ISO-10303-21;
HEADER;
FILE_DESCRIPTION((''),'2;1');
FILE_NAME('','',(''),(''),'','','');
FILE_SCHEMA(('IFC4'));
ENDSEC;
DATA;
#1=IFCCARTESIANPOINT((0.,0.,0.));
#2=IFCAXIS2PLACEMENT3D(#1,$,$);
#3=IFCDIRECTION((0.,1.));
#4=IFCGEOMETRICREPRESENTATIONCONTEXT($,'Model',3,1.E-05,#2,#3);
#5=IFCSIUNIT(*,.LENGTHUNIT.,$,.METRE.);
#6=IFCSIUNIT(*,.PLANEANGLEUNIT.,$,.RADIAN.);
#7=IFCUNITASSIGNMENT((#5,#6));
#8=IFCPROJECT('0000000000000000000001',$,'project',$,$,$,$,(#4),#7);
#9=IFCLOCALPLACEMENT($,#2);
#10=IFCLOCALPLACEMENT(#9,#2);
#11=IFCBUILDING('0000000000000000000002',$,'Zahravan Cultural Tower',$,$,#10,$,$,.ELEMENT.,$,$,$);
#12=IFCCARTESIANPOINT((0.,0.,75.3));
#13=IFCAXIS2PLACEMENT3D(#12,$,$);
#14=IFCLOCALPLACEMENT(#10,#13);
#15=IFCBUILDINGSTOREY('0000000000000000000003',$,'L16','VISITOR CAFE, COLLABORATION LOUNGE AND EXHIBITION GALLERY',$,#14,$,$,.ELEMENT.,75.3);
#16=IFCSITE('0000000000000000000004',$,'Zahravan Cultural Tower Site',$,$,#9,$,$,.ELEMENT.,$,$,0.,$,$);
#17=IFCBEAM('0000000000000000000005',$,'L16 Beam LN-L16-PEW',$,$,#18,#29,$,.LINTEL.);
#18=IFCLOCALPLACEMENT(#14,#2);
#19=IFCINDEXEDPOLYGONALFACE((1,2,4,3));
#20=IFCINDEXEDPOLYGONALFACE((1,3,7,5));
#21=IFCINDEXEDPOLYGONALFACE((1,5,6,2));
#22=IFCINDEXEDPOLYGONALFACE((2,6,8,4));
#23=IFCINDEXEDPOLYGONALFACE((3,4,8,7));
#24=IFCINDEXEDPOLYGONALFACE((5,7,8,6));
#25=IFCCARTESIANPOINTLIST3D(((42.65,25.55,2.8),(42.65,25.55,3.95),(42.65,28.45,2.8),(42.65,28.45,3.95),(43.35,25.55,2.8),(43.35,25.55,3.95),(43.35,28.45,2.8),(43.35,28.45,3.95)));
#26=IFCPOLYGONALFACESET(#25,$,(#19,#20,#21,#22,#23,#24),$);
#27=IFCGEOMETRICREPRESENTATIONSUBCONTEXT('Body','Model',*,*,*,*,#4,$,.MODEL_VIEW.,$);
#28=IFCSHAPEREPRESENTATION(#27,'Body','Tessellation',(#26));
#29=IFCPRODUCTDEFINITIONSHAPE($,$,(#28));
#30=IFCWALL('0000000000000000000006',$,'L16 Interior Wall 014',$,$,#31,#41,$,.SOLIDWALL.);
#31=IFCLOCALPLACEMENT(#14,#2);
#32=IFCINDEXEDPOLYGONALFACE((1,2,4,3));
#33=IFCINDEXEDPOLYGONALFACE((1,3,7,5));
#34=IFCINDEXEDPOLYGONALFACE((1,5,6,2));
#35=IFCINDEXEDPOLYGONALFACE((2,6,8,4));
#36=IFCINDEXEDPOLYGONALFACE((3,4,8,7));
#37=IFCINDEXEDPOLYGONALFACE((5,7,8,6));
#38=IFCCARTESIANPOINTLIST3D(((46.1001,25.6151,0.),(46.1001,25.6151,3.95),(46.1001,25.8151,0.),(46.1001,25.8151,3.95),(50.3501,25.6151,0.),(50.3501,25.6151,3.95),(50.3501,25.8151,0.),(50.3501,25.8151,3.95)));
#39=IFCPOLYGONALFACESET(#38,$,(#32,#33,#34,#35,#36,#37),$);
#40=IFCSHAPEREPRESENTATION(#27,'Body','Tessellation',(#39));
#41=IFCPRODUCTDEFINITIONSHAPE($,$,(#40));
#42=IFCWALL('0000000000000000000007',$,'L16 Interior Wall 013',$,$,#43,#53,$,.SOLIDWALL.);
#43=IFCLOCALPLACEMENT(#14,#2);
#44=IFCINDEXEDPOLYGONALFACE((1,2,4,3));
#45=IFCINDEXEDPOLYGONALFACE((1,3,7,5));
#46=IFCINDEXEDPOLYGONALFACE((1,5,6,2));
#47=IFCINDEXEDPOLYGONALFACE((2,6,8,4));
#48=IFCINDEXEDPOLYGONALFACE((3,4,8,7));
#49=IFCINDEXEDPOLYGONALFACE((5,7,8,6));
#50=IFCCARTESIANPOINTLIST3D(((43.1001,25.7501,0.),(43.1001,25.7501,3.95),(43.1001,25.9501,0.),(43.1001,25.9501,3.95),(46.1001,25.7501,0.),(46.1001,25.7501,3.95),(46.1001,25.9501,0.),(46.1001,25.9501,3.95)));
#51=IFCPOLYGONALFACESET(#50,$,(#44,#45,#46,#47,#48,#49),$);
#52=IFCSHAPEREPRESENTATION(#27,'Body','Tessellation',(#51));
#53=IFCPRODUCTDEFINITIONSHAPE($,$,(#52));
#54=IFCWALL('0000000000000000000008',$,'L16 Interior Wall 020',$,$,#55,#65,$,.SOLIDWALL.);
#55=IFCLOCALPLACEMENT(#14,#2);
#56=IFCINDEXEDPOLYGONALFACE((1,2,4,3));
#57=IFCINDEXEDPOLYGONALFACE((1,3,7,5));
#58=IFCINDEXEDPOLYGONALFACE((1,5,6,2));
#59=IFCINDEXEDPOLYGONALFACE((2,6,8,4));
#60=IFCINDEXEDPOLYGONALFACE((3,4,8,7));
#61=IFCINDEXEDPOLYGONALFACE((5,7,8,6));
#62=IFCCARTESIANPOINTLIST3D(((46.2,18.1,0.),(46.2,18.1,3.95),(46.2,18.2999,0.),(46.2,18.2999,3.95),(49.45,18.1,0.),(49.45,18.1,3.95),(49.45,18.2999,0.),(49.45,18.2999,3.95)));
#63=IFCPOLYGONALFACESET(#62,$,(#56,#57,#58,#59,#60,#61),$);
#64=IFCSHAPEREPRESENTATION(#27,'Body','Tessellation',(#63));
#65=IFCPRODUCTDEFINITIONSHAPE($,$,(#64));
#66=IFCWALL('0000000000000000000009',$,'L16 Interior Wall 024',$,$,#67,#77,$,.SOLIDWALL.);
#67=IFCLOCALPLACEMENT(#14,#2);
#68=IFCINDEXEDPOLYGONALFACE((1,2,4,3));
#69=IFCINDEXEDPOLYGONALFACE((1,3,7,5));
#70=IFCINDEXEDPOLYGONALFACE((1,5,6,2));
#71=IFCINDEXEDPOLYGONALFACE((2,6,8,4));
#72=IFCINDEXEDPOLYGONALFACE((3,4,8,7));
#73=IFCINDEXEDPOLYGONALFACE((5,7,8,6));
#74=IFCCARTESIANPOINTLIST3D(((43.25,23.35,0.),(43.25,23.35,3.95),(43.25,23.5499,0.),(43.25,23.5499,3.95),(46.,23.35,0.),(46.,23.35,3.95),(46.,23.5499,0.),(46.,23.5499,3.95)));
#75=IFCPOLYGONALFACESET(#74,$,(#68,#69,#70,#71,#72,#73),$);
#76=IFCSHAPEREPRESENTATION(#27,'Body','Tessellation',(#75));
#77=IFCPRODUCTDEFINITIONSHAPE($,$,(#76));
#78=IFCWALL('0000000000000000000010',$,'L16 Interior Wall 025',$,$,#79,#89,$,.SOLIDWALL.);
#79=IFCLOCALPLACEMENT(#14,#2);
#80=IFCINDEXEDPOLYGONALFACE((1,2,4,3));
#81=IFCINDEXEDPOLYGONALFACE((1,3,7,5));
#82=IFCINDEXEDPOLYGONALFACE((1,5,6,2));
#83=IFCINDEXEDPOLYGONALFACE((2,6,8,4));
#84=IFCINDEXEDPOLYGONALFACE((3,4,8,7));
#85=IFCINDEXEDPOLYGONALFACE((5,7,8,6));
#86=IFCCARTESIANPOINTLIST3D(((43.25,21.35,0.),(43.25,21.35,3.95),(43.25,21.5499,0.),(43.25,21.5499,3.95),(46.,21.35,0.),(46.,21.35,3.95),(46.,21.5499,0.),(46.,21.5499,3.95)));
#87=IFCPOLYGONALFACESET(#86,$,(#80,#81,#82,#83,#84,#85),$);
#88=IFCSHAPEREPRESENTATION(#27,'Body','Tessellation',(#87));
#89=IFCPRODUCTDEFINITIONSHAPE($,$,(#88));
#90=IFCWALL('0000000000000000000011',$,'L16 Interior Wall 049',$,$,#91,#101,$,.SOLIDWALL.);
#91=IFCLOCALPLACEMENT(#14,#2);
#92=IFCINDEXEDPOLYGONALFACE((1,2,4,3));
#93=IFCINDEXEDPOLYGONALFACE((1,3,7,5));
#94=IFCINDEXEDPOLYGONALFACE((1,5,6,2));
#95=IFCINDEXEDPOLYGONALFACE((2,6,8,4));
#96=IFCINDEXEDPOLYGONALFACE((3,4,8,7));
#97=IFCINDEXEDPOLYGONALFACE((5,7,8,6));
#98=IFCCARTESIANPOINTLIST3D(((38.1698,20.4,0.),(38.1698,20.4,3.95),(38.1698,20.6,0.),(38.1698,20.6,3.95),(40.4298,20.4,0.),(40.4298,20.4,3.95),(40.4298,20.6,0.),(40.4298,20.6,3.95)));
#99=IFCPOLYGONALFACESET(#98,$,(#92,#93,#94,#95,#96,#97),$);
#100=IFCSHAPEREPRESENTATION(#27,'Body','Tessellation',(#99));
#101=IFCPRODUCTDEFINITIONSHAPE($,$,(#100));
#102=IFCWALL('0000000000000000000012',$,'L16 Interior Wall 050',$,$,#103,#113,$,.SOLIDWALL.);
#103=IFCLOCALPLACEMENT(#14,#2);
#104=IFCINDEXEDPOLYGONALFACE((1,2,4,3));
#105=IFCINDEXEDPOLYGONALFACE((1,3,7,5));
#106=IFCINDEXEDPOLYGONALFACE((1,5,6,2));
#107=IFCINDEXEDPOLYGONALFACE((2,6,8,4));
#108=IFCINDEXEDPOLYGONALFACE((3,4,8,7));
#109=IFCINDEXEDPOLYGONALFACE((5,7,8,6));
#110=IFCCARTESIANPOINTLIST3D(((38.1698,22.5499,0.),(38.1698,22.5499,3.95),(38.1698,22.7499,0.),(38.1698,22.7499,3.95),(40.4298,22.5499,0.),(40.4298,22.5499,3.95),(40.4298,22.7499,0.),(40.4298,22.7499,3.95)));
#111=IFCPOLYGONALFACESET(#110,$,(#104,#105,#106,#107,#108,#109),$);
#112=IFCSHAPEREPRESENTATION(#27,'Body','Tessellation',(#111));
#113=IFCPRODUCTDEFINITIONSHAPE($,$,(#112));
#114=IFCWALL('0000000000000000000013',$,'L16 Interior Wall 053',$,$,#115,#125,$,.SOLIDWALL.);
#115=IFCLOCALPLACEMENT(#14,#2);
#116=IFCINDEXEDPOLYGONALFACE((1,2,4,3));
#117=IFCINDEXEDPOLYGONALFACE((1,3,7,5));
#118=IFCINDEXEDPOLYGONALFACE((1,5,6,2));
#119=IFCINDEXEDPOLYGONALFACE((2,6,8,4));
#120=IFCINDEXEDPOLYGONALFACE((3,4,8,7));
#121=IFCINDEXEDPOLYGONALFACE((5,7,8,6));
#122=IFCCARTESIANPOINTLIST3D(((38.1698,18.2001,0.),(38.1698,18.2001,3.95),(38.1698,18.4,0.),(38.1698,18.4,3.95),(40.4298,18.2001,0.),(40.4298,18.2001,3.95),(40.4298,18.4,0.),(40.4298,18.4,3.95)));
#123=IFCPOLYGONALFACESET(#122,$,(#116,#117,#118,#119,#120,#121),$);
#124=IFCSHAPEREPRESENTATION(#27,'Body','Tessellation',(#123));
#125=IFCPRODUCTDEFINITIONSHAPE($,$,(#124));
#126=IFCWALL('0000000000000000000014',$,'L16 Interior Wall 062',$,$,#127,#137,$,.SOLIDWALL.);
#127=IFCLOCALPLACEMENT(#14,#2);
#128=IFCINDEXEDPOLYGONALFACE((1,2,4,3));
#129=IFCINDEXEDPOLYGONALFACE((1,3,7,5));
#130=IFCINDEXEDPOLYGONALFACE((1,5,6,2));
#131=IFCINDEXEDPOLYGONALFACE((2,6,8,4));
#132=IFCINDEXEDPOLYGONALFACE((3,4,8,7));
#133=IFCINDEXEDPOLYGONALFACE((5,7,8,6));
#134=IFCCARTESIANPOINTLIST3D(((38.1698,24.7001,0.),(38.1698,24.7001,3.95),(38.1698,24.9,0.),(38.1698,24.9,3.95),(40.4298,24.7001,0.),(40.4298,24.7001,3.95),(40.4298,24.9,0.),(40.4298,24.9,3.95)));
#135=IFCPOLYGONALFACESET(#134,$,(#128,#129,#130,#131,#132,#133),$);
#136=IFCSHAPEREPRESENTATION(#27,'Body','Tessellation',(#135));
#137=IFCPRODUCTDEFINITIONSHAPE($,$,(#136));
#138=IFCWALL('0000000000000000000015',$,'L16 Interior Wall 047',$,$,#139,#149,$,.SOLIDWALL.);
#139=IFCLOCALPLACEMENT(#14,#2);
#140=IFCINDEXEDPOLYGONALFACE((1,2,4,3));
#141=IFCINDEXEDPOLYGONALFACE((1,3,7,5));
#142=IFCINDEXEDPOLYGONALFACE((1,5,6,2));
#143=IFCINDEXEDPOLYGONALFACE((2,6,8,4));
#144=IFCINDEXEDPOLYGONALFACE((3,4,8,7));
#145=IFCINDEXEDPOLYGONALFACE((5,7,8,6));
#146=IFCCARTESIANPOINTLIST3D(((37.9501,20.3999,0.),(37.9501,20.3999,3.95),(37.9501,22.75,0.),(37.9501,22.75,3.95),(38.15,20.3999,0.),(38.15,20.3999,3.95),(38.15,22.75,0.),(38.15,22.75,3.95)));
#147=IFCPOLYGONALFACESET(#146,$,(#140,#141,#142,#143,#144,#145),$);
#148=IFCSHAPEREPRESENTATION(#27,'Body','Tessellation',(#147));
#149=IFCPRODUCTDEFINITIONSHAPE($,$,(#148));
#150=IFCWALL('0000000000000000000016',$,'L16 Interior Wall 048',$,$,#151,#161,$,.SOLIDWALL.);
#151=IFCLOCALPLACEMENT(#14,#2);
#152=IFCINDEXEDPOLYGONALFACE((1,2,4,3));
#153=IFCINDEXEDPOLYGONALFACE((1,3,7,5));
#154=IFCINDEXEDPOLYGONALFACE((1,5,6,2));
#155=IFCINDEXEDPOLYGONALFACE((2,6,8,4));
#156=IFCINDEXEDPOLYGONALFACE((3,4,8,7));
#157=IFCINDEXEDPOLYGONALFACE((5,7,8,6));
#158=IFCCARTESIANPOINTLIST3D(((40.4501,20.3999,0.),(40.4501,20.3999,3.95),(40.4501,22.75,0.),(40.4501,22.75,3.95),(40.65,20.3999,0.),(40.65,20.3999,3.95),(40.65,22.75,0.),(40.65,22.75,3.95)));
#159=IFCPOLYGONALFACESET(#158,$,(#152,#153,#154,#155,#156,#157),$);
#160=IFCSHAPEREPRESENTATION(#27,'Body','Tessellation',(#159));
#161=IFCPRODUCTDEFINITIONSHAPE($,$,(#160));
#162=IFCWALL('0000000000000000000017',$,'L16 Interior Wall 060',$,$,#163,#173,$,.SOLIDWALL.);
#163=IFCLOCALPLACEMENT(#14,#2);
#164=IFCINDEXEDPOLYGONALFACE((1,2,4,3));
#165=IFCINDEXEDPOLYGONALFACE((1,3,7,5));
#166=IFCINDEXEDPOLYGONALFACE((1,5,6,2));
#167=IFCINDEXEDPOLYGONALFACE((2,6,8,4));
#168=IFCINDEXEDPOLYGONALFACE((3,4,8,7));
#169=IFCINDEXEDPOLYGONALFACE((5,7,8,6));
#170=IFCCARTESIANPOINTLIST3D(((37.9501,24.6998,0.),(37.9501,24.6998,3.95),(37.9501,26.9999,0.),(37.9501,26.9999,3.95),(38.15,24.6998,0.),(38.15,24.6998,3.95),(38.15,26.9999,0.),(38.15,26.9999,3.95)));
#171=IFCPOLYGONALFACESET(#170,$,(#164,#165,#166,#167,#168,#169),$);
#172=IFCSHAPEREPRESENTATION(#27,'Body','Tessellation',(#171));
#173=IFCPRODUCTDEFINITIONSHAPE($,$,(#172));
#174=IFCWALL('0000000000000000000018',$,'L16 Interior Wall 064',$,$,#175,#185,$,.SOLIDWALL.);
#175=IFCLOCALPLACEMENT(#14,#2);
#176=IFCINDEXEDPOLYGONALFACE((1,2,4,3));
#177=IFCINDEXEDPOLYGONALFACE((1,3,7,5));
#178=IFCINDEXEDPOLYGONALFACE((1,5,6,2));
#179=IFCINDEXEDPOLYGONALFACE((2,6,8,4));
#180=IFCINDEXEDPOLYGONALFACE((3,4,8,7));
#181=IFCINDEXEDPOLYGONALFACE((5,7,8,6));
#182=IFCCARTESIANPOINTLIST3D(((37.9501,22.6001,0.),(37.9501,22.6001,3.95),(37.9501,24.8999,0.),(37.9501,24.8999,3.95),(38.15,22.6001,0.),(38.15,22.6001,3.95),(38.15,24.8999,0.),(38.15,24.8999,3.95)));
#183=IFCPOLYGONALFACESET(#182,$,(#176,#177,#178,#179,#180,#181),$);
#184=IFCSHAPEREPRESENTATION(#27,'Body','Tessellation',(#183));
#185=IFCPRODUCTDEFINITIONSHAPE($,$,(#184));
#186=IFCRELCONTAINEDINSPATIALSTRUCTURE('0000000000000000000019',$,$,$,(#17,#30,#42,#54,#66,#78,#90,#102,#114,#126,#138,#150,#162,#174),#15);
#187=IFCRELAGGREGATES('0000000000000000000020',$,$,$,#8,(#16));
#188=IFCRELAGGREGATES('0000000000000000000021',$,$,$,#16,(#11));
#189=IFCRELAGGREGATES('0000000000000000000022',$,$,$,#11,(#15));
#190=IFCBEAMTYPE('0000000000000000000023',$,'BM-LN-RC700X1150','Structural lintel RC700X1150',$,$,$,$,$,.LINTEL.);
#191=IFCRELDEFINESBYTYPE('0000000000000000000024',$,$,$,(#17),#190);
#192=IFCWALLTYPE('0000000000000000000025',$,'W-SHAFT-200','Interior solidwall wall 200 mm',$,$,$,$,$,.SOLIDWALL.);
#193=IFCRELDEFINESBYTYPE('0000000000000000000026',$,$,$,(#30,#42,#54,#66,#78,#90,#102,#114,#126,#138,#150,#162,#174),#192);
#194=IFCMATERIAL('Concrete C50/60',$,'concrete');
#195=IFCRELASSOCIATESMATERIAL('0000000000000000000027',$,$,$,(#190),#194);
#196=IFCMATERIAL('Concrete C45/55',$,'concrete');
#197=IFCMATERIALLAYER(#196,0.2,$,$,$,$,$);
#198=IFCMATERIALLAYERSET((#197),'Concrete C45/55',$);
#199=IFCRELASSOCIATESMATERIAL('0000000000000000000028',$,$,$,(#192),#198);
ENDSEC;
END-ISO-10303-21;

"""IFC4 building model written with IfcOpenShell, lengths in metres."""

from ifc_helpers import new_model, si_unit, direction, frame, frame_2d, origin, origin_2d, place, context, subcontext, project, spatial, rectangle, extrude, source, transform, mapped, material, layer, layer_set, material_profile, profile_set, type_object, element, save


model = new_model("IFC4")

# Units and contexts
model_context = context("Model", 3, precision=1e-05, world=origin(), true_north=direction((0.0, 1.0)))
body_context = subcontext(model_context, "Body", "Model", "MODEL_VIEW")
ifc_project = project(units=[si_unit("LENGTHUNIT", "METRE"), si_unit("PLANEANGLEUNIT", "RADIAN")], contexts=[model_context])

# Site, building, storey
site_placement = place(None, origin())
site = spatial("IfcSite", under=ifc_project, at=site_placement, Name="Zahravan Cultural Tower Site", CompositionType="ELEMENT", RefElevation=0.0)
building_placement = place(site_placement, origin())
building = spatial("IfcBuilding", under=site, at=building_placement, Name="Zahravan Cultural Tower", CompositionType="ELEMENT")
storey_placement = place(building_placement, frame((0.0, 0.0, 75.3)))
storey = spatial("IfcBuildingStorey", under=building, at=storey_placement, Name="L16", Description="VISITOR CAFE, COLLABORATION LOUNGE AND EXHIBITION GALLERY", CompositionType="ELEMENT", Elevation=75.3)

# Beam
ifc_material_1 = material(Name="Concrete C50/60", Category="concrete")
ifc_material_profile = material_profile(ifc_material_1, rectangle(XDim=0.7, YDim=1.1499, at=origin_2d()), Name="RC700X1150")
ifc_profile_set = profile_set([ifc_material_profile], Name="Concrete C50/60")
beam_type = type_object("IfcBeamType", Name="BM-LN-RC700X1150", Description="Structural lintel RC700X1150", PredefinedType="LINTEL", material=ifc_profile_set)
shared_shape_1 = source(origin(), body_context, "Body", "SweptSolid", [
    extrude(rectangle(XDim=0.7, YDim=1.1499, at=origin_2d()), origin(), (0.0, 0.0, 1.0), 2.8999),
])
beam_placement = place(storey_placement, frame((43.0, 25.55, 3.375), z_axis=(0.0, 1.0, 0.0), x_axis=(-1.0, 0.0, 0.0)))
element("IfcBeam", 1, at=beam_placement, inside=storey, type_object=beam_type, Name="L16 Beam LN-L16-PEW", PredefinedType="LINTEL", context=body_context, shape_type="MappedRepresentation", body=[
    mapped(shared_shape_1, transform((0.0, 0.0, 0.0), x_axis=(1.0, 0.0, 0.0), y_axis=(0.0, 1.0, 0.0), z_axis=(0.0, 0.0, 1.0), scale=1.0)),
])

# Shared definitions
ifc_material_2 = material(Name="Concrete C45/55", Category="concrete")
ifc_layer_1 = layer(ifc_material_2, 0.2)
ifc_layer_set_1 = layer_set([ifc_layer_1], Name="Concrete C45/55")
wall_type_1 = type_object("IfcWallType", Name="W-SHAFT-200", Description="Interior solidwall wall 200 mm", PredefinedType="SOLIDWALL", material=ifc_layer_set_1)

# Walls
shared_shape_2 = source(origin(), body_context, "Body", "SweptSolid", [
    extrude(rectangle(XDim=4.25, YDim=0.2, at=frame_2d((2.125, 0.0))), origin(), (0.0, 0.0, 1.0), 3.95),
])
wall_1_placement = place(storey_placement, frame((46.1001, 25.7151, 0.0), z_axis=(0.0, 0.0, 1.0), x_axis=(1.0, 0.0, 0.0)))
element("IfcWall", 2, at=wall_1_placement, inside=storey, type_object=wall_type_1, Name="L16 Interior Wall 014", PredefinedType="SOLIDWALL", context=body_context, shape_type="MappedRepresentation", body=[
    mapped(shared_shape_2, transform((0.0, 0.0, 0.0), x_axis=(1.0, 0.0, 0.0), y_axis=(0.0, 1.0, 0.0), z_axis=(0.0, 0.0, 1.0), scale=1.0)),
])
shared_shape_3 = source(origin(), body_context, "Body", "SweptSolid", [
    extrude(rectangle(XDim=3.0, YDim=0.2, at=frame_2d((1.5, 0.0))), origin(), (0.0, 0.0, 1.0), 3.95),
])
wall_2_placement = place(storey_placement, frame((43.1001, 25.8501, 0.0), z_axis=(0.0, 0.0, 1.0), x_axis=(1.0, 0.0, 0.0)))
element("IfcWall", 3, at=wall_2_placement, inside=storey, type_object=wall_type_1, Name="L16 Interior Wall 013", PredefinedType="SOLIDWALL", context=body_context, shape_type="MappedRepresentation", body=[
    mapped(shared_shape_3, transform((0.0, 0.0, 0.0), x_axis=(1.0, 0.0, 0.0), y_axis=(0.0, 1.0, 0.0), z_axis=(0.0, 0.0, 1.0), scale=1.0)),
])
shared_shape_4 = source(origin(), body_context, "Body", "SweptSolid", [
    extrude(rectangle(XDim=3.25, YDim=0.2, at=frame_2d((1.625, 0.0))), origin(), (0.0, 0.0, 1.0), 3.95),
])
wall_3_placement = place(storey_placement, frame((46.2, 18.2, 0.0), z_axis=(0.0, 0.0, 1.0), x_axis=(1.0, 0.0, 0.0)))
element("IfcWall", 4, at=wall_3_placement, inside=storey, type_object=wall_type_1, Name="L16 Interior Wall 020", PredefinedType="SOLIDWALL", context=body_context, shape_type="MappedRepresentation", body=[
    mapped(shared_shape_4, transform((0.0, 0.0, 0.0), x_axis=(1.0, 0.0, 0.0), y_axis=(0.0, 1.0, 0.0), z_axis=(0.0, 0.0, 1.0), scale=1.0)),
])
shared_shape_5 = source(origin(), body_context, "Body", "SweptSolid", [
    extrude(rectangle(XDim=2.75, YDim=0.2, at=frame_2d((1.375, 0.0))), origin(), (0.0, 0.0, 1.0), 3.95),
])
for number, where, z_axis, x_axis, name in (
    (5, (43.25, 23.45, 0.0), (0.0, 0.0, 1.0), (1.0, 0.0, 0.0), "L16 Interior Wall 024"),
    (6, (43.25, 21.45, 0.0), (0.0, 0.0, 1.0), (1.0, 0.0, 0.0), "L16 Interior Wall 025"),
):
    element("IfcWall", number, at=place(storey_placement, frame(where, z_axis=z_axis, x_axis=x_axis)), inside=storey, type_object=wall_type_1, Name=name, PredefinedType="SOLIDWALL", context=body_context, shape_type="MappedRepresentation", body=[
        mapped(shared_shape_5, transform((0.0, 0.0, 0.0), x_axis=(1.0, 0.0, 0.0), y_axis=(0.0, 1.0, 0.0), z_axis=(0.0, 0.0, 1.0), scale=1.0)),
    ])
shared_shape_6 = source(origin(), body_context, "Body", "SweptSolid", [
    extrude(rectangle(XDim=2.26, YDim=0.2, at=frame_2d((1.1299, 0.0))), origin(), (0.0, 0.0, 1.0), 3.95),
])
for number, where, z_axis, x_axis, name in (
    (7, (38.1699, 20.5, 0.0), (0.0, 0.0, 1.0), (1.0, 0.0, 0.0), "L16 Interior Wall 049"),
    (8, (38.1699, 22.6499, 0.0), (0.0, 0.0, 1.0), (1.0, 0.0, 0.0), "L16 Interior Wall 050"),
    (9, (38.1699, 18.3, 0.0), (0.0, 0.0, 1.0), (1.0, 0.0, 0.0), "L16 Interior Wall 053"),
    (10, (38.1699, 24.8, 0.0), (0.0, 0.0, 1.0), (1.0, 0.0, 0.0), "L16 Interior Wall 062"),
):
    element("IfcWall", number, at=place(storey_placement, frame(where, z_axis=z_axis, x_axis=x_axis)), inside=storey, type_object=wall_type_1, Name=name, PredefinedType="SOLIDWALL", context=body_context, shape_type="MappedRepresentation", body=[
        mapped(shared_shape_6, transform((0.0, 0.0, 0.0), x_axis=(1.0, 0.0, 0.0), y_axis=(0.0, 1.0, 0.0), z_axis=(0.0, 0.0, 1.0), scale=1.0)),
    ])
shared_shape_7 = source(origin(), body_context, "Body", "SweptSolid", [
    extrude(rectangle(XDim=2.3501, YDim=0.2, at=frame_2d((1.175, 0.0))), origin(), (0.0, 0.0, 1.0), 3.95),
])
for number, where, z_axis, x_axis, name in (
    (11, (38.05, 20.3999, 0.0), (0.0, 0.0, 1.0), (0.0, 1.0, 0.0), "L16 Interior Wall 047"),
    (12, (40.55, 20.3999, 0.0), (0.0, 0.0, 1.0), (0.0, 1.0, 0.0), "L16 Interior Wall 048"),
):
    element("IfcWall", number, at=place(storey_placement, frame(where, z_axis=z_axis, x_axis=x_axis)), inside=storey, type_object=wall_type_1, Name=name, PredefinedType="SOLIDWALL", context=body_context, shape_type="MappedRepresentation", body=[
        mapped(shared_shape_7, transform((0.0, 0.0, 0.0), x_axis=(1.0, 0.0, 0.0), y_axis=(0.0, 1.0, 0.0), z_axis=(0.0, 0.0, 1.0), scale=1.0)),
    ])
shared_shape_8 = source(origin(), body_context, "Body", "SweptSolid", [
    extrude(rectangle(XDim=2.3, YDim=0.2, at=frame_2d((1.1499, 0.0))), origin(), (0.0, 0.0, 1.0), 3.95),
])
wall_4_placement = place(storey_placement, frame((38.05, 24.7, 0.0), z_axis=(0.0, 0.0, 1.0), x_axis=(0.0, 1.0, 0.0)))
element("IfcWall", 13, at=wall_4_placement, inside=storey, type_object=wall_type_1, Name="L16 Interior Wall 060", PredefinedType="SOLIDWALL", context=body_context, shape_type="MappedRepresentation", body=[
    mapped(shared_shape_8, transform((0.0, 0.0, 0.0), x_axis=(1.0, 0.0, 0.0), y_axis=(0.0, 1.0, 0.0), z_axis=(0.0, 0.0, 1.0), scale=1.0)),
])
shared_shape_9 = source(origin(), body_context, "Body", "SweptSolid", [
    extrude(rectangle(XDim=2.2998, YDim=0.2, at=frame_2d((1.1499, 0.0))), origin(), (0.0, 0.0, 1.0), 3.95),
])
wall_5_placement = place(storey_placement, frame((38.05, 22.6001, 0.0), z_axis=(0.0, 0.0, 1.0), x_axis=(0.0, 1.0, 0.0)))
element("IfcWall", 14, at=wall_5_placement, inside=storey, type_object=wall_type_1, Name="L16 Interior Wall 064", PredefinedType="SOLIDWALL", context=body_context, shape_type="MappedRepresentation", body=[
    mapped(shared_shape_9, transform((0.0, 0.0, 0.0), x_axis=(1.0, 0.0, 0.0), y_axis=(0.0, 1.0, 0.0), z_axis=(0.0, 0.0, 1.0), scale=1.0)),
])

save(model, "model.ifc")
